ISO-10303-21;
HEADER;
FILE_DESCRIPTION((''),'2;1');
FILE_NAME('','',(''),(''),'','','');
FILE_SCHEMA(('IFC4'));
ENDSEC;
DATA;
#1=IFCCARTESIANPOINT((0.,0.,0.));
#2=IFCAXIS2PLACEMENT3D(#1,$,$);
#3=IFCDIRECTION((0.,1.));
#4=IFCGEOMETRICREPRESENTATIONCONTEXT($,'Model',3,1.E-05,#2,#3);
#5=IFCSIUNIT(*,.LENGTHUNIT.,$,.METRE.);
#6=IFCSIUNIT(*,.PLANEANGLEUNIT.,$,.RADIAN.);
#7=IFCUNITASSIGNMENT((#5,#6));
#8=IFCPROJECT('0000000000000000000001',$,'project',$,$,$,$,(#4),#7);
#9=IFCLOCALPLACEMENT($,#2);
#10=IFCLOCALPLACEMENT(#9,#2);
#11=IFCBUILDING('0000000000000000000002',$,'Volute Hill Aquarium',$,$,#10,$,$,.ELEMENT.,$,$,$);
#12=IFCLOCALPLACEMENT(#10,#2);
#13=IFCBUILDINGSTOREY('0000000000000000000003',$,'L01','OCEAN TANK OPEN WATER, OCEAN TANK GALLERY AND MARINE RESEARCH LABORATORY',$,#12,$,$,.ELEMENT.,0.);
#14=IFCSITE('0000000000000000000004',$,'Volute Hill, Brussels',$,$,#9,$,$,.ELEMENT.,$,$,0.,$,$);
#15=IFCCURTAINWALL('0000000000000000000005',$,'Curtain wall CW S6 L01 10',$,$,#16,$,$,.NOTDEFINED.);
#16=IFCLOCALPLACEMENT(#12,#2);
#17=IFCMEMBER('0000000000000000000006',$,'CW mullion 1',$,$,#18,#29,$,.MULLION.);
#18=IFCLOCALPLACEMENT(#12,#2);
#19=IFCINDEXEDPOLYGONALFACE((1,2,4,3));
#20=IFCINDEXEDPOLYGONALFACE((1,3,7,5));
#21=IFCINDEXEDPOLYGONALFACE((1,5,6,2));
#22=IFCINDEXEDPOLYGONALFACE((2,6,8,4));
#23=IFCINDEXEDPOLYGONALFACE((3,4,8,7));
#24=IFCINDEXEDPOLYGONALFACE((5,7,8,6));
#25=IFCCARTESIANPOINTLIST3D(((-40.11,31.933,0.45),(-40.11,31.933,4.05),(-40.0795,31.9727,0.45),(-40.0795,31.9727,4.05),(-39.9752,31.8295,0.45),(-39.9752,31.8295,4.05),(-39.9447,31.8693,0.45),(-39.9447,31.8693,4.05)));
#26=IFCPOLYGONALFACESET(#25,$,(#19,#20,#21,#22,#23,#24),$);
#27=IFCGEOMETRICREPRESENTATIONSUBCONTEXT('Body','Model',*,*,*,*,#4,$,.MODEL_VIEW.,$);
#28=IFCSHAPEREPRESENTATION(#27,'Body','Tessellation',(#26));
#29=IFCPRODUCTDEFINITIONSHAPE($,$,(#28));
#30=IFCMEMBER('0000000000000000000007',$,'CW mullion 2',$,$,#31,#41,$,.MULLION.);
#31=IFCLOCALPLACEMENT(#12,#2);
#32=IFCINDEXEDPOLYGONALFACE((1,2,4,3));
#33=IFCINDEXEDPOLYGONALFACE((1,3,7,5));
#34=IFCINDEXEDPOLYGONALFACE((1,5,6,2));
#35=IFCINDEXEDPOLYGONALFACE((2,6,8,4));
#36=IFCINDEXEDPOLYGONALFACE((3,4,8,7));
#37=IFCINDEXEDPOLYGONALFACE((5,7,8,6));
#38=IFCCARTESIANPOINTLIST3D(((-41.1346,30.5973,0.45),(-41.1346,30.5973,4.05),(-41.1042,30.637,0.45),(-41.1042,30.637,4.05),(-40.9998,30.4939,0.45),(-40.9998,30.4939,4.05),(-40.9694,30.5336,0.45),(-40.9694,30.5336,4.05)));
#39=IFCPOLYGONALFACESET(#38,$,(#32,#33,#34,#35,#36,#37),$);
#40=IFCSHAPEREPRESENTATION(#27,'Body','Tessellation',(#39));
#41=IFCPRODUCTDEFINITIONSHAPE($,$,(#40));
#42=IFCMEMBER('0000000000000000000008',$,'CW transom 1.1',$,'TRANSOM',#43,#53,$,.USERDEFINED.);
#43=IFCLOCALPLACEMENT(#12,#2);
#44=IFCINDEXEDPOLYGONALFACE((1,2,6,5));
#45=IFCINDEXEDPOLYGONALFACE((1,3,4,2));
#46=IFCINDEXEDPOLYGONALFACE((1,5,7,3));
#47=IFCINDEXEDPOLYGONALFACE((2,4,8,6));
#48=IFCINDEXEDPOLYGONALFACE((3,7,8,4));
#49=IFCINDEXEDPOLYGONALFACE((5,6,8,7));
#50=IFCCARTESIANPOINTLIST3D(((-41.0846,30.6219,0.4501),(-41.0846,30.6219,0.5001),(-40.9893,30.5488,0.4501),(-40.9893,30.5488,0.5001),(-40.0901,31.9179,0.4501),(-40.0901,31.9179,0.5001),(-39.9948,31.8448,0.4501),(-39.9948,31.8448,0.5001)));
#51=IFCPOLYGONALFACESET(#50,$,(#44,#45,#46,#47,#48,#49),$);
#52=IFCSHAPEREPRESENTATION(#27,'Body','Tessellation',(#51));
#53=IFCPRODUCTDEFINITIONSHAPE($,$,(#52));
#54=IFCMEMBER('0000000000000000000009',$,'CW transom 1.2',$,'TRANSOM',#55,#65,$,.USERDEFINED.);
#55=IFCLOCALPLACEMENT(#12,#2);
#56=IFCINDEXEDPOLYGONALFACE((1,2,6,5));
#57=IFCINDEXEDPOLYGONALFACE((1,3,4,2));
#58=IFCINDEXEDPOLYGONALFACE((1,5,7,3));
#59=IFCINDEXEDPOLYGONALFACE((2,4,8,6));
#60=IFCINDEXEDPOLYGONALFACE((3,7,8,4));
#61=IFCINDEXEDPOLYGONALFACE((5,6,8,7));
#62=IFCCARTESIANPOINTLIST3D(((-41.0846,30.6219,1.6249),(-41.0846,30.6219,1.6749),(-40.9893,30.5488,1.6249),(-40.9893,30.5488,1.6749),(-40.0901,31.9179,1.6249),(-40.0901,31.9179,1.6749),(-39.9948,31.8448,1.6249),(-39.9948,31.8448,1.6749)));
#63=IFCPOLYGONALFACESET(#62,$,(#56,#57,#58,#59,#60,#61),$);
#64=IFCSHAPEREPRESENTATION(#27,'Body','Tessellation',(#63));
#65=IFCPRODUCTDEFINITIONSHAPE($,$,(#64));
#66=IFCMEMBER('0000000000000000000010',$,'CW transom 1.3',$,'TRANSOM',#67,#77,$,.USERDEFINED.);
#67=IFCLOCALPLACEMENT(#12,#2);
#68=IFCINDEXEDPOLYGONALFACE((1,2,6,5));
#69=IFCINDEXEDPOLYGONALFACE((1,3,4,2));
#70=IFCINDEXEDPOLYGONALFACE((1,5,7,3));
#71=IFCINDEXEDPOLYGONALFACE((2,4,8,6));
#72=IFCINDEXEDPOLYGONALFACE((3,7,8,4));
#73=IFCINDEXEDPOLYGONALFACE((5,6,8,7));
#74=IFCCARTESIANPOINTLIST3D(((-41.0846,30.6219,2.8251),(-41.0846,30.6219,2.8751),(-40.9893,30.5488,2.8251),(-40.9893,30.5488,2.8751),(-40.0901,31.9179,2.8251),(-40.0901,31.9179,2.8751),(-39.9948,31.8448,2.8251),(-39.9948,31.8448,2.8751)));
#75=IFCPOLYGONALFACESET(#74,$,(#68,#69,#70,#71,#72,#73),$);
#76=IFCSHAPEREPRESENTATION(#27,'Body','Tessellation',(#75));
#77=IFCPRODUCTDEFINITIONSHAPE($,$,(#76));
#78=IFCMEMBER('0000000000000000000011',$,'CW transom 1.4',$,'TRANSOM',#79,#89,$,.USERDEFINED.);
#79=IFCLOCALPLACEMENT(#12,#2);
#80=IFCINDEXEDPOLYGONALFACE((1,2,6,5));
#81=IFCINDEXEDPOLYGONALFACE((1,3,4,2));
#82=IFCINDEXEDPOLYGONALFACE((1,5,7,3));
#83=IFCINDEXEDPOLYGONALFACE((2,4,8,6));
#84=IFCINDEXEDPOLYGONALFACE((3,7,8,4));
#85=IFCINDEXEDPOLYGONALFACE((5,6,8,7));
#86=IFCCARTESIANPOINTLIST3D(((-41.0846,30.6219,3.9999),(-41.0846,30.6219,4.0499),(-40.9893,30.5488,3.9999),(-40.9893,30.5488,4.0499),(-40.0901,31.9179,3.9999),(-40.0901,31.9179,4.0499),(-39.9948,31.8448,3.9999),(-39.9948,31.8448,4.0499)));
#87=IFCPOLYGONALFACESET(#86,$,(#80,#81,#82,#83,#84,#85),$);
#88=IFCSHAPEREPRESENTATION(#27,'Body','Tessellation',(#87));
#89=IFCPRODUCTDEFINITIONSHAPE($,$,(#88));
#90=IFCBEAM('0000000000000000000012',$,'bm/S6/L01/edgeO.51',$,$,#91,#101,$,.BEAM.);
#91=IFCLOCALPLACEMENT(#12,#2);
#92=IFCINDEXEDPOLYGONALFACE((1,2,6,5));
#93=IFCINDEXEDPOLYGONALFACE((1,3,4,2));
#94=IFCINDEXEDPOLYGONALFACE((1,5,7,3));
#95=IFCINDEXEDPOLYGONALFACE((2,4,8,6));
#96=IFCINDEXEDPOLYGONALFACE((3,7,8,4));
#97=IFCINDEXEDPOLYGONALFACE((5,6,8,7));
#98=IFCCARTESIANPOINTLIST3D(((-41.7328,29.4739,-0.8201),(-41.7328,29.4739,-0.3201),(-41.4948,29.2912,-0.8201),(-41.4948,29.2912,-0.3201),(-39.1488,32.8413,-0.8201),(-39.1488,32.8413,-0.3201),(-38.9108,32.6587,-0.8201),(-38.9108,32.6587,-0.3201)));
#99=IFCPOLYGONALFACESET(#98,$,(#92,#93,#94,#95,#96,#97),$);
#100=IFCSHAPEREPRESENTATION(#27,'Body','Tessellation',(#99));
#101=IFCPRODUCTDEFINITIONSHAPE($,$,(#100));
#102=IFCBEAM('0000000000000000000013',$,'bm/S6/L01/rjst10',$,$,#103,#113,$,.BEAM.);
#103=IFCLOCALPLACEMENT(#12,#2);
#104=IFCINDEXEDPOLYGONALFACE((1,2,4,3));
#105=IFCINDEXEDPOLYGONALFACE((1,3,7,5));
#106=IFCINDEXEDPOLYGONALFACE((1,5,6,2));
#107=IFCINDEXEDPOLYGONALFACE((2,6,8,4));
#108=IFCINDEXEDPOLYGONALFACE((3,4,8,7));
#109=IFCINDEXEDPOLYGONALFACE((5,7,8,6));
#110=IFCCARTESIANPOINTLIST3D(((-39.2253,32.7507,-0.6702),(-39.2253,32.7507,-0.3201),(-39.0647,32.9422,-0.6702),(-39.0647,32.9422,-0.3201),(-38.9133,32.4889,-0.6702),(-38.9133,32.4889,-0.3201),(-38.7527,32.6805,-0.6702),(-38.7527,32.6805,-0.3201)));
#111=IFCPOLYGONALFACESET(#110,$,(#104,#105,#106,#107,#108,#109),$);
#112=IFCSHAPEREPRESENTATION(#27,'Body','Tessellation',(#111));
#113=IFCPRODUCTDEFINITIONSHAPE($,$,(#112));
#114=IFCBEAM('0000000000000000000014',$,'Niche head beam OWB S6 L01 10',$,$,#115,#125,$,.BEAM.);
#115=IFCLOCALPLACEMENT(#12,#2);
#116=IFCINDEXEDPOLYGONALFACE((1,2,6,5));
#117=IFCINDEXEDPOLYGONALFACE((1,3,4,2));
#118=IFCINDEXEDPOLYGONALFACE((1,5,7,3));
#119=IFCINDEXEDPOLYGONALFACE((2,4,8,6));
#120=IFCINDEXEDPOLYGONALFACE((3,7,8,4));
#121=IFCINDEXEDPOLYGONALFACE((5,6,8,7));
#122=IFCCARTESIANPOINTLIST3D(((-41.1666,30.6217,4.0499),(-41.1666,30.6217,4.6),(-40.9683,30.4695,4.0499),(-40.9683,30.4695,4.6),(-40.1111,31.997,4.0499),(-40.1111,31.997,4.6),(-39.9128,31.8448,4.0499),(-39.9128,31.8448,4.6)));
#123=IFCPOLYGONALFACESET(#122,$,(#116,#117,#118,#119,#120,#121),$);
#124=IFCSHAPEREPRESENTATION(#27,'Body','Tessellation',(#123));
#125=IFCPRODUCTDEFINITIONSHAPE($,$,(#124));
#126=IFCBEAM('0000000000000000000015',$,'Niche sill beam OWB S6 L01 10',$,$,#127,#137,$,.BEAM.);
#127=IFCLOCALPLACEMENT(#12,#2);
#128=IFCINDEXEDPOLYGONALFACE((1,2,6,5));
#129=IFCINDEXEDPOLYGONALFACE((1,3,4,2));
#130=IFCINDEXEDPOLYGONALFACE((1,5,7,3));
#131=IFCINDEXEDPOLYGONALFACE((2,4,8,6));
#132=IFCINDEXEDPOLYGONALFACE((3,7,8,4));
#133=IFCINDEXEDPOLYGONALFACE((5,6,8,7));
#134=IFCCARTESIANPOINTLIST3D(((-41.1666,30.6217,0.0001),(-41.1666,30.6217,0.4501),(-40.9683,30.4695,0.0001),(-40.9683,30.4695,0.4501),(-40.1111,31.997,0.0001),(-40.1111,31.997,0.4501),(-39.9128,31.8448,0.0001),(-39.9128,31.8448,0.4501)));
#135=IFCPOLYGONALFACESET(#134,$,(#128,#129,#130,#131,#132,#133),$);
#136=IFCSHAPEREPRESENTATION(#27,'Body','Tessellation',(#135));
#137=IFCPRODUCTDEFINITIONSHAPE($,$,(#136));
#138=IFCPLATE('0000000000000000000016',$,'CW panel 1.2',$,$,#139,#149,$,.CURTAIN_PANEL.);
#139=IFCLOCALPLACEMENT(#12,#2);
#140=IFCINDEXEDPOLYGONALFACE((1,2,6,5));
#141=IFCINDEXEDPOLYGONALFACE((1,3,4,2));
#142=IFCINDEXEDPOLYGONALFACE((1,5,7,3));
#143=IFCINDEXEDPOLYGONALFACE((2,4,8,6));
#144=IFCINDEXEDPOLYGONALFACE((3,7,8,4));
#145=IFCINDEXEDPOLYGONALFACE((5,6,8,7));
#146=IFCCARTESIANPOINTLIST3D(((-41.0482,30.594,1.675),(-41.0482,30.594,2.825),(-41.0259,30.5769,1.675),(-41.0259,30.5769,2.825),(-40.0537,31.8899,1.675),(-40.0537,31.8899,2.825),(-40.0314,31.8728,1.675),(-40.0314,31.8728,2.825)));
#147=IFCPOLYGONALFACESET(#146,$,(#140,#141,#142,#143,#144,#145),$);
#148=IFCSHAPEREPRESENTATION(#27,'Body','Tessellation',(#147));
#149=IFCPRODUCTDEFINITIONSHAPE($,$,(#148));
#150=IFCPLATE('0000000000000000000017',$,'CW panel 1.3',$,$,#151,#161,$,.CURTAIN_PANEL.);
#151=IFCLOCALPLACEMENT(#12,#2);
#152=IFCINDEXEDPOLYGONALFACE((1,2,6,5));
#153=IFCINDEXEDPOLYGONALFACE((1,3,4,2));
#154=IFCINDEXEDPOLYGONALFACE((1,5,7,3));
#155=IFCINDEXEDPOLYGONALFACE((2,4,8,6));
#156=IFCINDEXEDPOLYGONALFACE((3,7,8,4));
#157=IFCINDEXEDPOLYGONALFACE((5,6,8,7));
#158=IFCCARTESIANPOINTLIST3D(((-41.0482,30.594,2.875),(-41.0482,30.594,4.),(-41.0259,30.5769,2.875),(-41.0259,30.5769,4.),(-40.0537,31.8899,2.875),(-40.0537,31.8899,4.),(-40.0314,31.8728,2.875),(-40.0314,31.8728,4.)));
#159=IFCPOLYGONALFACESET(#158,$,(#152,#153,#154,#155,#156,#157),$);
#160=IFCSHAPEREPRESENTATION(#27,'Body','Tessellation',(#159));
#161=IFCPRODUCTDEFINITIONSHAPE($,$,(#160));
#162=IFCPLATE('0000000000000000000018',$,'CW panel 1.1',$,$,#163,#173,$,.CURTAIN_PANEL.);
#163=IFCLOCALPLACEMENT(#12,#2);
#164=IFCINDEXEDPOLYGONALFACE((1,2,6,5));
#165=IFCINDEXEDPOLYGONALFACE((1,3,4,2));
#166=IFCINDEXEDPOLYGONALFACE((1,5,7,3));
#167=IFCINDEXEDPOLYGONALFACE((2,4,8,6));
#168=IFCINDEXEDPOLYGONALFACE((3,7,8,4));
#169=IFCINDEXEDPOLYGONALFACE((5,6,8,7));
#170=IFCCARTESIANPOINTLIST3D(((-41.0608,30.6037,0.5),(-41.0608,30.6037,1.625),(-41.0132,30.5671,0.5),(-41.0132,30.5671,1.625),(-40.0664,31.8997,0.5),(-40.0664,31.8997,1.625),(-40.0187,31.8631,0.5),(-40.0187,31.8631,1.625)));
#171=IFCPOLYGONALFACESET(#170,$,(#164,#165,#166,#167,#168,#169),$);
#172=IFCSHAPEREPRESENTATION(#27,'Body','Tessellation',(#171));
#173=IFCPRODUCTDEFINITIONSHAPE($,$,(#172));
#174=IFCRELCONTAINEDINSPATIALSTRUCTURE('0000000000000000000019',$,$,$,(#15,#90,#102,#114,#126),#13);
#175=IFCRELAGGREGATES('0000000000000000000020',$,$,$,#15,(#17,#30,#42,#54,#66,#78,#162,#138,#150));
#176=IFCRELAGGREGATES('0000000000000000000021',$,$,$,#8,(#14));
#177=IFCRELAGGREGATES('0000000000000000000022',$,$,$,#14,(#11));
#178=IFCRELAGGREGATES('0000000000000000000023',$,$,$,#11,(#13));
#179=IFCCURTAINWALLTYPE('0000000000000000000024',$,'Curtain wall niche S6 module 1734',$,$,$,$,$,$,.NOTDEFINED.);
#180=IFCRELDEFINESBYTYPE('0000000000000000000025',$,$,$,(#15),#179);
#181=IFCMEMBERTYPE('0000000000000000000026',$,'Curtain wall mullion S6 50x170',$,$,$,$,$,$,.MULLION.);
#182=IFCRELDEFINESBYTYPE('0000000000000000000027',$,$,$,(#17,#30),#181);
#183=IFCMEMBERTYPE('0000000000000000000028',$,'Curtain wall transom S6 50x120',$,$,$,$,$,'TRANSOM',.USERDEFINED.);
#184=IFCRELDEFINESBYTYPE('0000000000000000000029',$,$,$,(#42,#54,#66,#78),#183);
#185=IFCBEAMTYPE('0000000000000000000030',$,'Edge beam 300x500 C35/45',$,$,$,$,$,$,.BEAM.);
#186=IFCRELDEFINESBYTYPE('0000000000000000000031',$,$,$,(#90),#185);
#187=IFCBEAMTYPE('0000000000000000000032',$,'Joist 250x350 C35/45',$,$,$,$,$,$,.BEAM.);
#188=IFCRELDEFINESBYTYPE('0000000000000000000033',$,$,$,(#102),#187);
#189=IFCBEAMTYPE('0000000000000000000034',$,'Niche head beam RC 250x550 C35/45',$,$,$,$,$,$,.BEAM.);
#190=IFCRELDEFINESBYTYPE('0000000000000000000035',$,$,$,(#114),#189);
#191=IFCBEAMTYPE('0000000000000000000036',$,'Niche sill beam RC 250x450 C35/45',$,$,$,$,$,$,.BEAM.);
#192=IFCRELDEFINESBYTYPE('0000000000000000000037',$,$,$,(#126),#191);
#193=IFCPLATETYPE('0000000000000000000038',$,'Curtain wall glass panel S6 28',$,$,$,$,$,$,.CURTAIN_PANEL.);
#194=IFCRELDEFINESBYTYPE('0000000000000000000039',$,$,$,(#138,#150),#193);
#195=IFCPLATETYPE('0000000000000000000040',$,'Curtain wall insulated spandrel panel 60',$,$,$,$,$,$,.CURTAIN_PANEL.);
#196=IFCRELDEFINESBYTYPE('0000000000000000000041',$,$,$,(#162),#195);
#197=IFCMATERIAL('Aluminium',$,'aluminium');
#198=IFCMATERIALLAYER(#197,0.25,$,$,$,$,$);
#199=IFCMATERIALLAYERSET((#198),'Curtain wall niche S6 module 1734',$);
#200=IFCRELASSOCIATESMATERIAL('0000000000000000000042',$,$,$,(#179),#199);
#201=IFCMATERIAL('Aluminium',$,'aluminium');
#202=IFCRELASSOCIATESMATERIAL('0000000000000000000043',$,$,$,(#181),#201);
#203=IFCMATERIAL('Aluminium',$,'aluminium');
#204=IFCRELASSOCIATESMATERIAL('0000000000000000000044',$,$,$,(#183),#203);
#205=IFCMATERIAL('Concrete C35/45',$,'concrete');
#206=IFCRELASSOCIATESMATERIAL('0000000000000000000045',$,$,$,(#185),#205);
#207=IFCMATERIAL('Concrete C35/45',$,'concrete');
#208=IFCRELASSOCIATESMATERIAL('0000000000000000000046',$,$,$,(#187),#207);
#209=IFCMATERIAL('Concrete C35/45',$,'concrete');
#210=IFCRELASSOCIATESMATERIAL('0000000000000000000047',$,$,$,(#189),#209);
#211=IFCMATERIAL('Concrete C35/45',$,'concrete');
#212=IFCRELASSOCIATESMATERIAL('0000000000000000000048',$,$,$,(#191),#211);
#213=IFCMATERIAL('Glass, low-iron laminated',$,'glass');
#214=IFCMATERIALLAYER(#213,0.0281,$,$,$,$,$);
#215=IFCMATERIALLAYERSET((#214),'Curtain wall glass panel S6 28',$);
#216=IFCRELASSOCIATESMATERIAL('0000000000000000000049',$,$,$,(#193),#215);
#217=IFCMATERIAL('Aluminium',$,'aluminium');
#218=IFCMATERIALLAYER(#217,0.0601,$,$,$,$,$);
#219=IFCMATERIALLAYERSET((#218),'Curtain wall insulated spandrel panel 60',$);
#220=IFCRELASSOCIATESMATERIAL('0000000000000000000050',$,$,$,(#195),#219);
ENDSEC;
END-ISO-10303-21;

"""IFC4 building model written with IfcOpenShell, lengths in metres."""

from ifc_helpers import new_model, si_unit, direction, frame, origin, origin_2d, place, context, subcontext, project, spatial, rectangle, extrude, material, layer, layer_set, material_profile, profile_set, type_object, element, aggregate, save


model = new_model("IFC4")

# Units and contexts
model_context = context("Model", 3, precision=1e-05, world=origin(), true_north=direction((0.0, 1.0)))
body_context = subcontext(model_context, "Body", "Model", "MODEL_VIEW")
ifc_project = project(units=[si_unit("LENGTHUNIT", "METRE"), si_unit("PLANEANGLEUNIT", "RADIAN")], contexts=[model_context])

# Site, building, storey
site_placement = place(None, origin())
site = spatial("IfcSite", under=ifc_project, at=site_placement, Name="Volute Hill, Brussels", CompositionType="ELEMENT", RefElevation=0.0)
building_placement = place(site_placement, origin())
building = spatial("IfcBuilding", under=site, at=building_placement, Name="Volute Hill Aquarium", CompositionType="ELEMENT")
storey_placement = place(building_placement, origin())
storey = spatial("IfcBuildingStorey", under=building, at=storey_placement, Name="L01", Description="OCEAN TANK OPEN WATER, OCEAN TANK GALLERY AND MARINE RESEARCH LABORATORY", CompositionType="ELEMENT", Elevation=0.0)

# Curtain wall, members
ifc_material_1 = material(Name="Aluminium", Category="aluminium")
ifc_layer_1 = layer(ifc_material_1, 0.25)
ifc_layer_set_1 = layer_set([ifc_layer_1], Name="Curtain wall niche S6 module 1734")
curtain_wall_type = type_object("IfcCurtainWallType", Name="Curtain wall niche S6 module 1734", PredefinedType="NOTDEFINED", material=ifc_layer_set_1)
curtain_wall_placement = place(storey_placement, origin())
curtain_wall = element("IfcCurtainWall", 1, at=curtain_wall_placement, inside=storey, type_object=curtain_wall_type, Name="Curtain wall CW S6 L01 10", PredefinedType="NOTDEFINED")
ifc_material_2 = material(Name="Aluminium", Category="aluminium")
ifc_material_profile_1 = material_profile(ifc_material_2, rectangle(XDim=0.1699, YDim=0.05, at=origin_2d()), Name="Curtain wall mullion S6 50x170")
ifc_profile_set_1 = profile_set([ifc_material_profile_1], Name="Aluminium")
member_type_1 = type_object("IfcMemberType", Name="Curtain wall mullion S6 50x170", PredefinedType="MULLION", material=ifc_profile_set_1)
member_1_placement = place(storey_placement, frame((-40.0273, 31.9011, 0.45), z_axis=(0.0, 0.0, 1.0), x_axis=(0.793349, -0.608767, 0.0)))
member_1 = element("IfcMember", 2, at=member_1_placement, type_object=member_type_1, Name="CW mullion 1", PredefinedType="MULLION", context=body_context, shape_type="SweptSolid", body=[
    extrude(rectangle(XDim=0.1699, YDim=0.05, at=origin_2d()), origin(), (0.0, 0.0, 1.0), 3.6001),
])
member_2_placement = place(storey_placement, frame((-41.052, 30.5654, 0.45), z_axis=(0.0, 0.0, 1.0), x_axis=(0.793349, -0.608767, 0.0)))
member_2 = element("IfcMember", 3, at=member_2_placement, type_object=member_type_1, Name="CW mullion 2", PredefinedType="MULLION", context=body_context, shape_type="SweptSolid", body=[
    extrude(rectangle(XDim=0.1699, YDim=0.05, at=origin_2d()), origin(), (0.0, 0.0, 1.0), 3.6001),
])
ifc_material_3 = material(Name="Aluminium", Category="aluminium")
ifc_material_profile_2 = material_profile(ifc_material_3, rectangle(XDim=0.1201, YDim=0.05, at=origin_2d()), Name="Curtain wall transom S6 50x120")
ifc_profile_set_2 = profile_set([ifc_material_profile_2], Name="Aluminium")
member_type_2 = type_object("IfcMemberType", Name="Curtain wall transom S6 50x120", ElementType="TRANSOM", PredefinedType="USERDEFINED", material=ifc_profile_set_2)
member_3_placement = place(storey_placement, frame((-40.0425, 31.8813, 0.4751), z_axis=(-0.608764, -0.793351, 0.0), x_axis=(0.793351, -0.608764, 0.0)))
member_3 = element("IfcMember", 4, at=member_3_placement, type_object=member_type_2, Name="CW transom 1.1", ObjectType="TRANSOM", PredefinedType="USERDEFINED", context=body_context, shape_type="SweptSolid", body=[
    extrude(rectangle(XDim=0.1201, YDim=0.05, at=origin_2d()), origin(), (0.0, 0.0, 1.0), 1.6335),
])
member_4_placement = place(storey_placement, frame((-40.0425, 31.8813, 1.6499), z_axis=(-0.608764, -0.793351, 0.0), x_axis=(0.793351, -0.608764, 0.0)))
member_4 = element("IfcMember", 5, at=member_4_placement, type_object=member_type_2, Name="CW transom 1.2", ObjectType="TRANSOM", PredefinedType="USERDEFINED", context=body_context, shape_type="SweptSolid", body=[
    extrude(rectangle(XDim=0.1201, YDim=0.05, at=origin_2d()), origin(), (0.0, 0.0, 1.0), 1.6335),
])
member_5_placement = place(storey_placement, frame((-40.0425, 31.8813, 2.8501), z_axis=(-0.608764, -0.793351, 0.0), x_axis=(0.793351, -0.608764, 0.0)))
member_5 = element("IfcMember", 6, at=member_5_placement, type_object=member_type_2, Name="CW transom 1.3", ObjectType="TRANSOM", PredefinedType="USERDEFINED", context=body_context, shape_type="SweptSolid", body=[
    extrude(rectangle(XDim=0.1201, YDim=0.05, at=origin_2d()), origin(), (0.0, 0.0, 1.0), 1.6335),
])
member_6_placement = place(storey_placement, frame((-40.0425, 31.8813, 4.0249), z_axis=(-0.608764, -0.793351, 0.0), x_axis=(0.793351, -0.608764, 0.0)))
member_6 = element("IfcMember", 7, at=member_6_placement, type_object=member_type_2, Name="CW transom 1.4", ObjectType="TRANSOM", PredefinedType="USERDEFINED", context=body_context, shape_type="SweptSolid", body=[
    extrude(rectangle(XDim=0.1201, YDim=0.05, at=origin_2d()), origin(), (0.0, 0.0, 1.0), 1.6335),
])

# Beams
ifc_material_4 = material(Name="Concrete C35/45", Category="concrete")
ifc_material_profile_3 = material_profile(ifc_material_4, rectangle(XDim=0.3, YDim=0.5, at=origin_2d()), Name="RC edge beam 300x500")
ifc_profile_set_3 = profile_set([ifc_material_profile_3], Name="Concrete C35/45")
beam_type_1 = type_object("IfcBeamType", Name="Edge beam 300x500 C35/45", PredefinedType="BEAM", material=ifc_profile_set_3)
beam_1_placement = place(storey_placement, frame((-39.0298, 32.75, -0.5701), z_axis=(-0.608771, -0.793346, 0.0), x_axis=(0.793346, -0.608771, 0.0)))
element("IfcBeam", 8, at=beam_1_placement, inside=storey, type_object=beam_type_1, Name="bm/S6/L01/edgeO.51", PredefinedType="BEAM", context=body_context, shape_type="SweptSolid", body=[
    extrude(rectangle(XDim=0.3, YDim=0.5, at=origin_2d()), origin(), (0.0, 0.0, 1.0), 4.2446),
])
ifc_material_5 = material(Name="Concrete C35/45", Category="concrete")
ifc_material_profile_4 = material_profile(ifc_material_5, rectangle(XDim=0.25, YDim=0.3501, at=origin_2d()), Name="RC joist 250x350")
ifc_profile_set_4 = profile_set([ifc_material_profile_4], Name="Concrete C35/45")
beam_type_2 = type_object("IfcBeamType", Name="Joist 250x350 C35/45", PredefinedType="BEAM", material=ifc_profile_set_4)
beam_2_placement = place(storey_placement, frame((-38.833, 32.5847, -0.4951), z_axis=(-0.766153, 0.642658, 0.0), x_axis=(-0.642658, -0.766153, 0.0)))
element("IfcBeam", 9, at=beam_2_placement, inside=storey, type_object=beam_type_2, Name="bm/S6/L01/rjst10", PredefinedType="BEAM", context=body_context, shape_type="SweptSolid", body=[
    extrude(rectangle(XDim=0.25, YDim=0.3501, at=origin_2d()), origin(), (0.0, 0.0, 1.0), 0.4072),
])
ifc_material_6 = material(Name="Concrete C35/45", Category="concrete")
ifc_material_profile_5 = material_profile(ifc_material_6, rectangle(XDim=0.25, YDim=0.55, at=origin_2d()), Name="RC beam 250x550")
ifc_profile_set_5 = profile_set([ifc_material_profile_5], Name="Concrete C35/45")
beam_type_3 = type_object("IfcBeamType", Name="Niche head beam RC 250x550 C35/45", PredefinedType="BEAM", material=ifc_profile_set_5)
beam_3_placement = place(storey_placement, frame((-40.012, 31.9209, 4.325), z_axis=(-0.608819, -0.793309, 0.0), x_axis=(0.793309, -0.608819, 0.0)))
element("IfcBeam", 10, at=beam_3_placement, inside=storey, type_object=beam_type_3, Name="Niche head beam OWB S6 L01 10", PredefinedType="BEAM", context=body_context, shape_type="SweptSolid", body=[
    extrude(rectangle(XDim=0.25, YDim=0.55, at=origin_2d()), origin(), (0.0, 0.0, 1.0), 1.7336),
])
ifc_material_7 = material(Name="Concrete C35/45", Category="concrete")
ifc_material_profile_6 = material_profile(ifc_material_7, rectangle(XDim=0.25, YDim=0.45, at=origin_2d()), Name="RC beam 250x450")
ifc_profile_set_6 = profile_set([ifc_material_profile_6], Name="Concrete C35/45")
beam_type_4 = type_object("IfcBeamType", Name="Niche sill beam RC 250x450 C35/45", PredefinedType="BEAM", material=ifc_profile_set_6)
beam_4_placement = place(storey_placement, frame((-40.012, 31.9209, 0.2251), z_axis=(-0.608819, -0.793309, 0.0), x_axis=(0.793309, -0.608819, 0.0)))
element("IfcBeam", 11, at=beam_4_placement, inside=storey, type_object=beam_type_4, Name="Niche sill beam OWB S6 L01 10", PredefinedType="BEAM", context=body_context, shape_type="SweptSolid", body=[
    extrude(rectangle(XDim=0.25, YDim=0.45, at=origin_2d()), origin(), (0.0, 0.0, 1.0), 1.7336),
])

# Plates
ifc_material_8 = material(Name="Glass, low-iron laminated", Category="glass")
ifc_layer_2 = layer(ifc_material_8, 0.0281)
ifc_layer_set_2 = layer_set([ifc_layer_2], Name="Curtain wall glass panel S6 28")
plate_type_1 = type_object("IfcPlateType", Name="Curtain wall glass panel S6 28", PredefinedType="CURTAIN_PANEL", material=ifc_layer_set_2)
plate_1_placement = place(storey_placement, frame((-40.5398, 31.2334, 1.675), z_axis=(0.0, 0.0, 1.0), x_axis=(-0.608767, -0.793349, 0.0)))
plate_1 = element("IfcPlate", 12, at=plate_1_placement, type_object=plate_type_1, Name="CW panel 1.2", PredefinedType="CURTAIN_PANEL", context=body_context, shape_type="SweptSolid", body=[
    extrude(rectangle(XDim=1.6335, YDim=0.0281, at=origin_2d()), origin(), (0.0, 0.0, 1.0), 1.1499),
])
plate_2_placement = place(storey_placement, frame((-40.5398, 31.2334, 2.875), z_axis=(0.0, 0.0, 1.0), x_axis=(-0.608767, -0.793349, 0.0)))
plate_2 = element("IfcPlate", 13, at=plate_2_placement, type_object=plate_type_1, Name="CW panel 1.3", PredefinedType="CURTAIN_PANEL", context=body_context, shape_type="SweptSolid", body=[
    extrude(rectangle(XDim=1.6335, YDim=0.0281, at=origin_2d()), origin(), (0.0, 0.0, 1.0), 1.125),
])
ifc_material_9 = material(Name="Aluminium", Category="aluminium")
ifc_layer_3 = layer(ifc_material_9, 0.0601)
ifc_layer_set_3 = layer_set([ifc_layer_3], Name="Curtain wall insulated spandrel panel 60")
plate_type_2 = type_object("IfcPlateType", Name="Curtain wall insulated spandrel panel 60", PredefinedType="CURTAIN_PANEL", material=ifc_layer_set_3)
plate_3_placement = place(storey_placement, frame((-40.5398, 31.2334, 0.5), z_axis=(0.0, 0.0, 1.0), x_axis=(-0.608767, -0.793349, 0.0)))
plate_3 = element("IfcPlate", 14, at=plate_3_placement, type_object=plate_type_2, Name="CW panel 1.1", PredefinedType="CURTAIN_PANEL", context=body_context, shape_type="SweptSolid", body=[
    extrude(rectangle(XDim=1.6335, YDim=0.0601, at=origin_2d()), origin(), (0.0, 0.0, 1.0), 1.125),
])
aggregate(curtain_wall, [member_1, member_2, member_3, member_4, member_5, member_6, plate_3, plate_1, plate_2])

save(model, "model.ifc")
